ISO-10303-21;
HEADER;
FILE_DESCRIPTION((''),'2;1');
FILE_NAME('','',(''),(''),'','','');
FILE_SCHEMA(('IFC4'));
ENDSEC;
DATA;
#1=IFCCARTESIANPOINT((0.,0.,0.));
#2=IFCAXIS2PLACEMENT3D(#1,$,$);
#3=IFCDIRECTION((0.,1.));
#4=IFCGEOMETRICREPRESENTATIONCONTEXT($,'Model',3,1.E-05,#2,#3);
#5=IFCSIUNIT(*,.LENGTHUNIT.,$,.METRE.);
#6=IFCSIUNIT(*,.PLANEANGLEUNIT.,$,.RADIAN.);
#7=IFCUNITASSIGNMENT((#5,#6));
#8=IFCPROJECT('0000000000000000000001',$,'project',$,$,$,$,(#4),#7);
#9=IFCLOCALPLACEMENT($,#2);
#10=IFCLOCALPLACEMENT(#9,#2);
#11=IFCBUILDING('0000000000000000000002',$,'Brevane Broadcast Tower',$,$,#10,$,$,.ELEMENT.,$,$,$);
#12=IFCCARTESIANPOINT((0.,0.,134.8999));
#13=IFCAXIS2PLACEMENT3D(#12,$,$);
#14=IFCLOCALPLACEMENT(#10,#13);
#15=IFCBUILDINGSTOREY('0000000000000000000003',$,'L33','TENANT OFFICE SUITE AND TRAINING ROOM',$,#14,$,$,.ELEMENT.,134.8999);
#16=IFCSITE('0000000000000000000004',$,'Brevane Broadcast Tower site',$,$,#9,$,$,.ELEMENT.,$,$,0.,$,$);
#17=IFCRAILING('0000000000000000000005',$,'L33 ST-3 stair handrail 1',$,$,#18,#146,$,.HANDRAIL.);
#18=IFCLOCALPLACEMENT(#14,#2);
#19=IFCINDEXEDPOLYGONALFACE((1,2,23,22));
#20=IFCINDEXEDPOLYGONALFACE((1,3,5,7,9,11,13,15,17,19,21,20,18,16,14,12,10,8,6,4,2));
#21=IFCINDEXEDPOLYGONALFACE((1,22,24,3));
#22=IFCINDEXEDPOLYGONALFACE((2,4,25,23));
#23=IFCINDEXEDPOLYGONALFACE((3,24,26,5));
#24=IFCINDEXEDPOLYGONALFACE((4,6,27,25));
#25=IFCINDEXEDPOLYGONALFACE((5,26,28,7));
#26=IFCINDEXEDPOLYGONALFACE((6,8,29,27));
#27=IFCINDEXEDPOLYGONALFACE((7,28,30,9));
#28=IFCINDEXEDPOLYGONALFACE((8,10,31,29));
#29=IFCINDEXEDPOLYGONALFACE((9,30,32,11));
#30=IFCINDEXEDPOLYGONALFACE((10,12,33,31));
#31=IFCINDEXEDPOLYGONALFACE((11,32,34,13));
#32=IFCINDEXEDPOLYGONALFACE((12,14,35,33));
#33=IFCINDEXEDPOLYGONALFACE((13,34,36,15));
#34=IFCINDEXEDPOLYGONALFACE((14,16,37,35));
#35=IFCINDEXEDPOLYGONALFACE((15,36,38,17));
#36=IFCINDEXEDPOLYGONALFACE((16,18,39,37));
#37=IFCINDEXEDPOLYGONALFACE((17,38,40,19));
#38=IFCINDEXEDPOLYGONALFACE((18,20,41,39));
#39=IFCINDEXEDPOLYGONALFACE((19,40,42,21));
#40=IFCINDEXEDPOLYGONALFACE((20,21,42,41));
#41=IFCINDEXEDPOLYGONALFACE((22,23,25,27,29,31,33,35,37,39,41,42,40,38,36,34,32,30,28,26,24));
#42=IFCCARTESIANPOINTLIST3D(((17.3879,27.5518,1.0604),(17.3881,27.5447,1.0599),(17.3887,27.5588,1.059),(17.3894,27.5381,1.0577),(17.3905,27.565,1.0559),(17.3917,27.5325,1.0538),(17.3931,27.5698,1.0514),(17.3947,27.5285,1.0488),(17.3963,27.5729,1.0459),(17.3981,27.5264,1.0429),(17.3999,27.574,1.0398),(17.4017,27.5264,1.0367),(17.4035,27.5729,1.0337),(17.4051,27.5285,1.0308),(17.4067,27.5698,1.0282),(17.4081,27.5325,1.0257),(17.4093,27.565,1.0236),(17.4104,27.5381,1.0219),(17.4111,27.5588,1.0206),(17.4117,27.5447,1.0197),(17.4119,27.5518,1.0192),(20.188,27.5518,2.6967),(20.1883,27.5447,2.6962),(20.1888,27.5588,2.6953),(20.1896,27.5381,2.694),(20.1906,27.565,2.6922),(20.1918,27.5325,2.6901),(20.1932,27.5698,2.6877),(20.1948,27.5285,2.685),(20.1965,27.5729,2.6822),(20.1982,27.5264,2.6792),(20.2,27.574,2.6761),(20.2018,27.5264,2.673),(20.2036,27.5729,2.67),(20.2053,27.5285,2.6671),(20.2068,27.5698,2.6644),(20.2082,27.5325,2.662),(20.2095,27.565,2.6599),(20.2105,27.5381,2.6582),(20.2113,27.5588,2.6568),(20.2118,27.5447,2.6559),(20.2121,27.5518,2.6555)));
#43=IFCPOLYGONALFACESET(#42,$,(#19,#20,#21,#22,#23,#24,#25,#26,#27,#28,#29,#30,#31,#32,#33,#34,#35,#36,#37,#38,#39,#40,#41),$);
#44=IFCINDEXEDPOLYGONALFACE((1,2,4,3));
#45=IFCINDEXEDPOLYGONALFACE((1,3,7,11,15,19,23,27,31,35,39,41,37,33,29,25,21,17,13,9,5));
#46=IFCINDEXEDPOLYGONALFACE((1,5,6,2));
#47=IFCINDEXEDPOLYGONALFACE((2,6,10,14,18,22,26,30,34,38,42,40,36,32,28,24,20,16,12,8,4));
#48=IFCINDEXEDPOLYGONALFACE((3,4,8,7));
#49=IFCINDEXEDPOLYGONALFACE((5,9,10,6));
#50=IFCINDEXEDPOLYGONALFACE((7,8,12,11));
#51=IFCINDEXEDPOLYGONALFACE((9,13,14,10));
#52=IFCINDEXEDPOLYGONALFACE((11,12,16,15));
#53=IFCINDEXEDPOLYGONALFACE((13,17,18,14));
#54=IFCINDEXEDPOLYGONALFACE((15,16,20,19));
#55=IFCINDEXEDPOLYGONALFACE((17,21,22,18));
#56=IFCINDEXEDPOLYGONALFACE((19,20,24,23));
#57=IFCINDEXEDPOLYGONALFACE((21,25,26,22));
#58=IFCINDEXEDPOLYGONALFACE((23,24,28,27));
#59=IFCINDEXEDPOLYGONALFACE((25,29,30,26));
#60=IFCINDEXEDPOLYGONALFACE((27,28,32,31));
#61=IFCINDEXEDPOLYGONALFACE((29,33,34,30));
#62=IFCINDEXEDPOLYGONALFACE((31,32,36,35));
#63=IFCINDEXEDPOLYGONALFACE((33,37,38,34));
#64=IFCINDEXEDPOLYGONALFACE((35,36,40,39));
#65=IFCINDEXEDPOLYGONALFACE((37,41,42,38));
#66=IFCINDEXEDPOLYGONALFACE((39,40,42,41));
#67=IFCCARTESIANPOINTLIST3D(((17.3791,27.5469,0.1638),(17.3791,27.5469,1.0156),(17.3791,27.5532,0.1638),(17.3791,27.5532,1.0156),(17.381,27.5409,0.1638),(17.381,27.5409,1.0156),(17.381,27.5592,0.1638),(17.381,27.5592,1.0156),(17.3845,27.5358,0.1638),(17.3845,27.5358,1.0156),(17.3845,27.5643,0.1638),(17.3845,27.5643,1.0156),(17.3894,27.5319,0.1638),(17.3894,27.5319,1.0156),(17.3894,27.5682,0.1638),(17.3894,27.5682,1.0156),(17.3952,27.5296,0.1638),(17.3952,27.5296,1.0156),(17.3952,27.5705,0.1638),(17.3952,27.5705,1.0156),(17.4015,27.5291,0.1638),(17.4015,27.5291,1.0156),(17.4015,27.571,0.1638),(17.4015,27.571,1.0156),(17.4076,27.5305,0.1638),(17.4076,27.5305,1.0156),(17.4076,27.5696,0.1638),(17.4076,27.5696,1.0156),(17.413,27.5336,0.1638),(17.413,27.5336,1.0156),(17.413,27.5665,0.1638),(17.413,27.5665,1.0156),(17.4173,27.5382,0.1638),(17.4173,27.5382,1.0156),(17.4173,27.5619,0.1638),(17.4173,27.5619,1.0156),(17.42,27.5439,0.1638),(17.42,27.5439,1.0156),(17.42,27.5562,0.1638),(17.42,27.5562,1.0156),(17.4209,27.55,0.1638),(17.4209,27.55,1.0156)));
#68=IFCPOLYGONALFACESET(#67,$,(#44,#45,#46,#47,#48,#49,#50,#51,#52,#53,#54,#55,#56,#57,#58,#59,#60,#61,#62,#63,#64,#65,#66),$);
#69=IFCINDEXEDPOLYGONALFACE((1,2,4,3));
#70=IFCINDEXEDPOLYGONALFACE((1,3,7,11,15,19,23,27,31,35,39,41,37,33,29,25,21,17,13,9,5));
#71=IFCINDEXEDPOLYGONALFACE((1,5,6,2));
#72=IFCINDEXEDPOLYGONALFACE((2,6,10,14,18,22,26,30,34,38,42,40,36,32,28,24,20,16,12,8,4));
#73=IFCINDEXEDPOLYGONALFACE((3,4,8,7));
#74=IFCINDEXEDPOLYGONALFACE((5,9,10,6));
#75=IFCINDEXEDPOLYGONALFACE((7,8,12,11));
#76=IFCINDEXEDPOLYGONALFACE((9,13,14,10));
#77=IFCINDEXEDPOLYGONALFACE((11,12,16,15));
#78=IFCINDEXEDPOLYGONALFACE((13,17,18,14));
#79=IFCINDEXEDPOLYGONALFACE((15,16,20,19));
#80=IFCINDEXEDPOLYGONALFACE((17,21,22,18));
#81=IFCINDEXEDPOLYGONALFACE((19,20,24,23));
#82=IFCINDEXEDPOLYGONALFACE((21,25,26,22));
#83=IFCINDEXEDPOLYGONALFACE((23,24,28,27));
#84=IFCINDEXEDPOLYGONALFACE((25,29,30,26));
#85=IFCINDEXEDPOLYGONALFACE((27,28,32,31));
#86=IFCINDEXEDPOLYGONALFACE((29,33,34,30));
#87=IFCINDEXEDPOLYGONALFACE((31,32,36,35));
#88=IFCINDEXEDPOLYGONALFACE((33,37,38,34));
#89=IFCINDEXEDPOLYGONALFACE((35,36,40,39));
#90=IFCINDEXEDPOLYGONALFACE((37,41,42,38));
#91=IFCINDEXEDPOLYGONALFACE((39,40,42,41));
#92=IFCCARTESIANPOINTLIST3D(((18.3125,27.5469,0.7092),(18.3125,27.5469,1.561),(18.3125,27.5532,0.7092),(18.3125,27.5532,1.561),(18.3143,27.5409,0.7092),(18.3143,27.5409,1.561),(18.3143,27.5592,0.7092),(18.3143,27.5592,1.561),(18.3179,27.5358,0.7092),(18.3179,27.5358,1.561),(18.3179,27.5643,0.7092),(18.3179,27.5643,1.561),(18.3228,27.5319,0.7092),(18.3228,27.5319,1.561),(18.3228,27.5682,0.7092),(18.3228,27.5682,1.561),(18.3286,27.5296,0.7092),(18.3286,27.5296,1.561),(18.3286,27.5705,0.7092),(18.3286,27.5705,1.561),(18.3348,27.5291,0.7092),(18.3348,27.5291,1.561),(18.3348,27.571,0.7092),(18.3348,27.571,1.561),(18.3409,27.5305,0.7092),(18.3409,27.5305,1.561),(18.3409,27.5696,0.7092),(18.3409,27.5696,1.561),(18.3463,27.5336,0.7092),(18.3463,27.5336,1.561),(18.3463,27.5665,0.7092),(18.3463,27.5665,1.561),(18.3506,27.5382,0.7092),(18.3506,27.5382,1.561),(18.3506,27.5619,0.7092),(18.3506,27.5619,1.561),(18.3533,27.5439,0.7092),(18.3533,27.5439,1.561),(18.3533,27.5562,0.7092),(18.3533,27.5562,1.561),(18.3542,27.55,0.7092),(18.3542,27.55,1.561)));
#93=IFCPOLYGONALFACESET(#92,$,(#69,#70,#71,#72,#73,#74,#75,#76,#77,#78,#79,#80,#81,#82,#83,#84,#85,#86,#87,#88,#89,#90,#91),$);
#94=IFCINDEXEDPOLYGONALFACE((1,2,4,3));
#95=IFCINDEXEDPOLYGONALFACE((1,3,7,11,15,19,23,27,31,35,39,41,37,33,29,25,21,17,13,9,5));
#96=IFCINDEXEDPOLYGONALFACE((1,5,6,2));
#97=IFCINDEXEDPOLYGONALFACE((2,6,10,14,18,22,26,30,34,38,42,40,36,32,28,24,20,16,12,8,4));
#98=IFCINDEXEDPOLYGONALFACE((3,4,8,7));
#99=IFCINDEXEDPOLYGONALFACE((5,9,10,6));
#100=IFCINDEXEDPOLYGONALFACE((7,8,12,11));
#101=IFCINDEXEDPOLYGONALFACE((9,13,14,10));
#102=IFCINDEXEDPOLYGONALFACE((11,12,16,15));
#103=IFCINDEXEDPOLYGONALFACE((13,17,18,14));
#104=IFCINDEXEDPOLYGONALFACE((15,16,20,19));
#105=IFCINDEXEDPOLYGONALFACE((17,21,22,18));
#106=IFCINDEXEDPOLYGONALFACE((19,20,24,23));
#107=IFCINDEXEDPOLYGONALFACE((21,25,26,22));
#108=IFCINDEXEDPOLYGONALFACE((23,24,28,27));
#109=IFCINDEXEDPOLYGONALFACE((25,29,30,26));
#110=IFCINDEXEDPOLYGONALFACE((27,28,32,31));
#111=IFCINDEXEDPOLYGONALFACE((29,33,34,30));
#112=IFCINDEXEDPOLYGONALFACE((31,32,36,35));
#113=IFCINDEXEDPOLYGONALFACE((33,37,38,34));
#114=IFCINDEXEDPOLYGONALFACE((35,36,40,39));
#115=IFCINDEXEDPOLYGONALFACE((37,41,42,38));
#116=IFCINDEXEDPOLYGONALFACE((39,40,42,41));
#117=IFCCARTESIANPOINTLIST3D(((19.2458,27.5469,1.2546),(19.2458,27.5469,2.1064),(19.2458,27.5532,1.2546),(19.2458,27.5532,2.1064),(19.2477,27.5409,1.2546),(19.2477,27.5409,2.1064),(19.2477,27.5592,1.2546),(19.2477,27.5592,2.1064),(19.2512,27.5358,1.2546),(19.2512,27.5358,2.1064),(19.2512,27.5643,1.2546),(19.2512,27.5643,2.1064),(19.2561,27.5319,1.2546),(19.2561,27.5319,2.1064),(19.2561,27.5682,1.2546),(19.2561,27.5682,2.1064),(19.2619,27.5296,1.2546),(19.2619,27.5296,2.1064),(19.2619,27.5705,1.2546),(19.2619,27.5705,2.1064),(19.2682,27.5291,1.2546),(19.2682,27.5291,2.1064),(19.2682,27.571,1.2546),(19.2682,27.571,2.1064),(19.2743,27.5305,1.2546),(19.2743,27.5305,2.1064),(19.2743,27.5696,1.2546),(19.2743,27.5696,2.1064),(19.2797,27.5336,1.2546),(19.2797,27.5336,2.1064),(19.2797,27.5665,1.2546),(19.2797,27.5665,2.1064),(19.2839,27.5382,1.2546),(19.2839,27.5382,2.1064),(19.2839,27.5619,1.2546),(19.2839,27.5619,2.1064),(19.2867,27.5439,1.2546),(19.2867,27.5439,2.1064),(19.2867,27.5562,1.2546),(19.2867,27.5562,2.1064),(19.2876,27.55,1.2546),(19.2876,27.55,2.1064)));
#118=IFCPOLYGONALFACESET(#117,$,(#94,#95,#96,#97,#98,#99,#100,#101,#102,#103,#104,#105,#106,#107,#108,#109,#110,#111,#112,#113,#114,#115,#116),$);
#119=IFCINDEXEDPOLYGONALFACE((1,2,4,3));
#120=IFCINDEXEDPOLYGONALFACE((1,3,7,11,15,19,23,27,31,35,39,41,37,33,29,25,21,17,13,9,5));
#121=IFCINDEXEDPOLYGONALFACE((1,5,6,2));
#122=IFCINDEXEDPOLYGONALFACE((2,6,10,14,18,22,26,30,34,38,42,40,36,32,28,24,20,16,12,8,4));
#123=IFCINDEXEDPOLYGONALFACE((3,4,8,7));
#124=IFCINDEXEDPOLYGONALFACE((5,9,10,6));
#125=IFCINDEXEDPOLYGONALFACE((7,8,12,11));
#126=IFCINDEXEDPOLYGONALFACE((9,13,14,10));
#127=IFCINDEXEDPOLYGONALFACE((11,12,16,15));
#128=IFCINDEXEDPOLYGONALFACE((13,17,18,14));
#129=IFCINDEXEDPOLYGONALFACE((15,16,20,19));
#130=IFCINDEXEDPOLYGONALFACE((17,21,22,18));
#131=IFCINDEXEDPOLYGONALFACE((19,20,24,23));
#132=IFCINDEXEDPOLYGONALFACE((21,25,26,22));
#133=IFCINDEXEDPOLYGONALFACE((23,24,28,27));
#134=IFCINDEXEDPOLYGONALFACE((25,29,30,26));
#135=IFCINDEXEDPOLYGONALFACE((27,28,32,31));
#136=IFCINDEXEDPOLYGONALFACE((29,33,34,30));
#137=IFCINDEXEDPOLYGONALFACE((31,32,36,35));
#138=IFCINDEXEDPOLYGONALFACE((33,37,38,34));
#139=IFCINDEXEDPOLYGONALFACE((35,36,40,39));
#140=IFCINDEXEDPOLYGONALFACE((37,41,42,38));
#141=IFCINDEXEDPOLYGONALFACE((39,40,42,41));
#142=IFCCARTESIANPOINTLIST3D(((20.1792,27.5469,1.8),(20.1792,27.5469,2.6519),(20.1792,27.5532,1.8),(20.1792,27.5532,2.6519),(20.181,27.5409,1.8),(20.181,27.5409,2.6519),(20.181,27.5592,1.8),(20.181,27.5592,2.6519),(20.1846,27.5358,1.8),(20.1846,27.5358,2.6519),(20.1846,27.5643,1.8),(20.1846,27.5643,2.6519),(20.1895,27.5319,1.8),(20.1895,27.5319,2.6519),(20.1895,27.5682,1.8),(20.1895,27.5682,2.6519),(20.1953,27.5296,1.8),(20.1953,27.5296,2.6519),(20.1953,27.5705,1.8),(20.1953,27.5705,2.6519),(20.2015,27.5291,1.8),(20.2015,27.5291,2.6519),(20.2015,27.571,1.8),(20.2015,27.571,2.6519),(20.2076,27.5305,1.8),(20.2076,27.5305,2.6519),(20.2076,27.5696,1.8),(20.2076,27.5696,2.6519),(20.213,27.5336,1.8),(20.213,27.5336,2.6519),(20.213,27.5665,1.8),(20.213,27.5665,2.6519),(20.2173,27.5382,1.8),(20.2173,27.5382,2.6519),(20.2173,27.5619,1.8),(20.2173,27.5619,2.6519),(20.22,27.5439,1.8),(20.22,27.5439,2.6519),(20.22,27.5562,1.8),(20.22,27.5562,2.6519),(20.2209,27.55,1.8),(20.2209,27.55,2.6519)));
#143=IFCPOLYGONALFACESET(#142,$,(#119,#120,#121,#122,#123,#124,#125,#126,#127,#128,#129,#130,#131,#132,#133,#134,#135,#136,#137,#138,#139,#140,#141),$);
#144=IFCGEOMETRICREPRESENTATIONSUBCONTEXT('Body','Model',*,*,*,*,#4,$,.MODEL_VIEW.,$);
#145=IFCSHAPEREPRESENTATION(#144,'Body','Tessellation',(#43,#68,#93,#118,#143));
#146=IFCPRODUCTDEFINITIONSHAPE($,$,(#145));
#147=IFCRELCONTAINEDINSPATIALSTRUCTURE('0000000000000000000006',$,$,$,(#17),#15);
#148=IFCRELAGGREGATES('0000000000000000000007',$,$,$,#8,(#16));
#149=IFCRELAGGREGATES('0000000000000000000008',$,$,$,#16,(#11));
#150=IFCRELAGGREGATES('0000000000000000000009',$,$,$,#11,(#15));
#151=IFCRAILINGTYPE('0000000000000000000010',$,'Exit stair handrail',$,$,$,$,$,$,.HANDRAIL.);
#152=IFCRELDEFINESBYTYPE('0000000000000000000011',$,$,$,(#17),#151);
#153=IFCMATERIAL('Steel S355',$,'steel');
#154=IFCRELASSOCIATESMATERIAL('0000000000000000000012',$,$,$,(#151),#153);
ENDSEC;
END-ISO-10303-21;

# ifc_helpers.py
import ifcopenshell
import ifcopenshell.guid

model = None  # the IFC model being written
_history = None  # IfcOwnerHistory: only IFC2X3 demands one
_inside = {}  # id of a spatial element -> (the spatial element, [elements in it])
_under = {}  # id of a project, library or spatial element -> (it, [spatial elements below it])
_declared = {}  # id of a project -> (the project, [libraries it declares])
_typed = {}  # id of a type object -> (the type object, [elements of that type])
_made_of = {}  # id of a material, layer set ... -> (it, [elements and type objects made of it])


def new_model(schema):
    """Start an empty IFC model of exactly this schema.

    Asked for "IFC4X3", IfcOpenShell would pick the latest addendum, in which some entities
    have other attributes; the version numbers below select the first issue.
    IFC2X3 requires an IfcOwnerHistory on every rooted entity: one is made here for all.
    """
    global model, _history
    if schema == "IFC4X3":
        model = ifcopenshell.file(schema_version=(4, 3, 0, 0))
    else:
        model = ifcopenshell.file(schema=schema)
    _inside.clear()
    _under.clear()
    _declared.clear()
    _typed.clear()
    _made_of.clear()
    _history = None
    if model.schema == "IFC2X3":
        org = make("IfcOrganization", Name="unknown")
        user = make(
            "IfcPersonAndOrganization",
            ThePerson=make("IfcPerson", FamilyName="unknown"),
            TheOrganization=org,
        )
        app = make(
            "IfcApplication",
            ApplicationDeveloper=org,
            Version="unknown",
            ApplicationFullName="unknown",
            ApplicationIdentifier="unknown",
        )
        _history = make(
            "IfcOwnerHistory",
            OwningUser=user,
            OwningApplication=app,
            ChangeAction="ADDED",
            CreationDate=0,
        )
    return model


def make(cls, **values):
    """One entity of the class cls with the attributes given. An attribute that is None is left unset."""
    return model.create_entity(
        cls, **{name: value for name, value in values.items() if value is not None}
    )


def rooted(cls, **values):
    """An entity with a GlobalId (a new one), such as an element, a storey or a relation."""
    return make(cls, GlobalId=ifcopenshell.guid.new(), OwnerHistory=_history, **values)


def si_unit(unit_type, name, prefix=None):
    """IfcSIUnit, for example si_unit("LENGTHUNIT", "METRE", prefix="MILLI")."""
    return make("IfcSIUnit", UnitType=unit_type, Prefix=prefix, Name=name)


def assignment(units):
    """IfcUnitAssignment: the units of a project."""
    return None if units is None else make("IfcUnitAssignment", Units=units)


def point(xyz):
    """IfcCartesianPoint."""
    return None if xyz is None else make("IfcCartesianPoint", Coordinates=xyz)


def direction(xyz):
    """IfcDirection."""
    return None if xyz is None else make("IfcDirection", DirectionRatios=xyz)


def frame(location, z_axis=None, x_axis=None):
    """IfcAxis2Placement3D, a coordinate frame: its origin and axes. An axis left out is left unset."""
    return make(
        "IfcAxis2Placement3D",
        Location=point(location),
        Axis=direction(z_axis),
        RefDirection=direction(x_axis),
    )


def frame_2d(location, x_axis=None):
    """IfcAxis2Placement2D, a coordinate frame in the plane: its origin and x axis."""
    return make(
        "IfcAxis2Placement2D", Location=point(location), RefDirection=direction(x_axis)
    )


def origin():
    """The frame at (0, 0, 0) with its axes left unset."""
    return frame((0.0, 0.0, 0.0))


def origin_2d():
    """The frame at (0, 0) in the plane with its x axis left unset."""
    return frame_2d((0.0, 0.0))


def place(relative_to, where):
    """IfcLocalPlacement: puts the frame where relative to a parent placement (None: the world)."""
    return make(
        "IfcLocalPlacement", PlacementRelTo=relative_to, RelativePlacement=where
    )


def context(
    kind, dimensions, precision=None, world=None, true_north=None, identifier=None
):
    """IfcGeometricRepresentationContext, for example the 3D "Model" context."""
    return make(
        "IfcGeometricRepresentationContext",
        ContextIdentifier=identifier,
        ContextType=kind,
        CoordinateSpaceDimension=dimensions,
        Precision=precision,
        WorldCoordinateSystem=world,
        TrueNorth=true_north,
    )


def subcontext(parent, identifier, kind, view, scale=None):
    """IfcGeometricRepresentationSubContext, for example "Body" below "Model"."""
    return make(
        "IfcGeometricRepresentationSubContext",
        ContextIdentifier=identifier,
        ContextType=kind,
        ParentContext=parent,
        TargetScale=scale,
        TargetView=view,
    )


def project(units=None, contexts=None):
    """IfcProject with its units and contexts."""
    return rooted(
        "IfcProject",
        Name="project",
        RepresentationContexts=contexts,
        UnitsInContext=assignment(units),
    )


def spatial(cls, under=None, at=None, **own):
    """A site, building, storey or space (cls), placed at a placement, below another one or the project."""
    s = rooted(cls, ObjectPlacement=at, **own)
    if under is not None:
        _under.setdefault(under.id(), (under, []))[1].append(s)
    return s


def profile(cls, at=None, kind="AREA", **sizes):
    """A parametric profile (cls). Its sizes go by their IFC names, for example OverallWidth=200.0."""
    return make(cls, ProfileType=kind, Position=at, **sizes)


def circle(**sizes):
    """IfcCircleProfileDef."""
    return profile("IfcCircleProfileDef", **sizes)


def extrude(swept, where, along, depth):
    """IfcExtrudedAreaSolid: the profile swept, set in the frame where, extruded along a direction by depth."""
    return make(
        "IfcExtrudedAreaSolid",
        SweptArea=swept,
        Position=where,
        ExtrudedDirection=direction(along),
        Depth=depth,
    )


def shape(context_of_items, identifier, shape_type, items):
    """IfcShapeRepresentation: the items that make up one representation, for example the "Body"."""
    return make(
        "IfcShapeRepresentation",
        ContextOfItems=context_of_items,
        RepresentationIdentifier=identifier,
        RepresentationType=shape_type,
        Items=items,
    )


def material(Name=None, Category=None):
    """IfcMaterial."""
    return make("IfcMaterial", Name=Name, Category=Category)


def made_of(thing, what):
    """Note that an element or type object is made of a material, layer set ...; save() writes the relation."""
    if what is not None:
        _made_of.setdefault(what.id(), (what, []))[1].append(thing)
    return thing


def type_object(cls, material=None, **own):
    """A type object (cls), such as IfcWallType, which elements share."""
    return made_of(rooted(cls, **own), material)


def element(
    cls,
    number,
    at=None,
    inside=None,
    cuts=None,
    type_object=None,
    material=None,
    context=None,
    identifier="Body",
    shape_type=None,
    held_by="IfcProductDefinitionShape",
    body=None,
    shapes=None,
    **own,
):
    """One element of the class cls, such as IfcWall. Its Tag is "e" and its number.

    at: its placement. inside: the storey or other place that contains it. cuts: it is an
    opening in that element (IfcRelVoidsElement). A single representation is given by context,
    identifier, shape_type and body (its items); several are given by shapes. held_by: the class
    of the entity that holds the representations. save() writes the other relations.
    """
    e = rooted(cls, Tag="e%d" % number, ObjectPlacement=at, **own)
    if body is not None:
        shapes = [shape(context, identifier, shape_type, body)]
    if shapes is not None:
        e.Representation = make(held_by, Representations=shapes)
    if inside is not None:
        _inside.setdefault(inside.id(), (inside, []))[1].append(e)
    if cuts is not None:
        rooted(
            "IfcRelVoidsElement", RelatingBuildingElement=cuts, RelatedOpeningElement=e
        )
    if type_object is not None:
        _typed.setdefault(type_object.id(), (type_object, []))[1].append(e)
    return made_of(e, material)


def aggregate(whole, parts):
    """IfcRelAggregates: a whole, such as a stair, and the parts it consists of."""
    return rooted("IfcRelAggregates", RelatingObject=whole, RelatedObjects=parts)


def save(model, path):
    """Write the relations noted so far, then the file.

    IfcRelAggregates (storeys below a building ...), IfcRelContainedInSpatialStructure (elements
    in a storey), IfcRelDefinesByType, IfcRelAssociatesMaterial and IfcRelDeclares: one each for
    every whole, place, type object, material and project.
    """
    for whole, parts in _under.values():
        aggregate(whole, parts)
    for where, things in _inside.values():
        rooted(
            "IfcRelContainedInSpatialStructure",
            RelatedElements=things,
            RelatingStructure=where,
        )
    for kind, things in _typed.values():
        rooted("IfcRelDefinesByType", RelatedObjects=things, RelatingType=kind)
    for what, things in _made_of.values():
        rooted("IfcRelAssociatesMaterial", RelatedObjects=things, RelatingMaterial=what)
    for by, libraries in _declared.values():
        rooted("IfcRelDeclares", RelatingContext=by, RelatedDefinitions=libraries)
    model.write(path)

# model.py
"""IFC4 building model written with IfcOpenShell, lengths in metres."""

from ifc_helpers import new_model, si_unit, direction, frame, origin, origin_2d, place, context, subcontext, project, spatial, circle, extrude, material, type_object, element, save


model = new_model("IFC4")

# Units and contexts
model_context = context("Model", 3, precision=1e-05, world=origin(), true_north=direction((0.0, 1.0)))
body_context = subcontext(model_context, "Body", "Model", "MODEL_VIEW")
ifc_project = project(units=[si_unit("LENGTHUNIT", "METRE"), si_unit("PLANEANGLEUNIT", "RADIAN")], contexts=[model_context])

# Site, building, storey
site_placement = place(None, origin())
site = spatial("IfcSite", under=ifc_project, at=site_placement, Name="Brevane Broadcast Tower site", CompositionType="ELEMENT", RefElevation=0.0)
building_placement = place(site_placement, origin())
building = spatial("IfcBuilding", under=site, at=building_placement, Name="Brevane Broadcast Tower", CompositionType="ELEMENT")
storey_placement = place(building_placement, frame((0.0, 0.0, 134.8999)))
storey = spatial("IfcBuildingStorey", under=building, at=storey_placement, Name="L33", Description="TENANT OFFICE SUITE AND TRAINING ROOM", CompositionType="ELEMENT", Elevation=134.8999)

# Railing
ifc_material_1 = material(Name="Steel S355", Category="steel")
railing_type_1 = type_object("IfcRailingType", Name="Exit stair handrail", PredefinedType="HANDRAIL", material=ifc_material_1)
railing_1_placement = place(storey_placement, frame((17.3999, 27.55, 0.1638)))
element("IfcRailing", 1, at=railing_1_placement, inside=storey, type_object=railing_type_1, Name="L33 ST-3 stair handrail 1", PredefinedType="HANDRAIL", context=body_context, shape_type="SweptSolid", body=[
    extrude(circle(Radius=0.0239, at=origin_2d()), frame((0.0, 0.0, 0.876), z_axis=(0.863394, 0.0, 0.504531), x_axis=(0.0, 1.0, 0.0)), (0.0, 0.0, 1.0), 3.2432),
    extrude(circle(Radius=0.021, at=origin_2d()), origin(), (0.0, 0.0, 1.0), 0.8518),
    extrude(circle(Radius=0.021, at=origin_2d()), frame((0.9333, 0.0, 0.5454)), (0.0, 0.0, 1.0), 0.8518),
    extrude(circle(Radius=0.021, at=origin_2d()), frame((1.8667, 0.0, 1.0908)), (0.0, 0.0, 1.0), 0.8518),
    extrude(circle(Radius=0.021, at=origin_2d()), frame((2.8, 0.0, 1.6362)), (0.0, 0.0, 1.0), 0.8518),
])

save(model, "model.ifc")
